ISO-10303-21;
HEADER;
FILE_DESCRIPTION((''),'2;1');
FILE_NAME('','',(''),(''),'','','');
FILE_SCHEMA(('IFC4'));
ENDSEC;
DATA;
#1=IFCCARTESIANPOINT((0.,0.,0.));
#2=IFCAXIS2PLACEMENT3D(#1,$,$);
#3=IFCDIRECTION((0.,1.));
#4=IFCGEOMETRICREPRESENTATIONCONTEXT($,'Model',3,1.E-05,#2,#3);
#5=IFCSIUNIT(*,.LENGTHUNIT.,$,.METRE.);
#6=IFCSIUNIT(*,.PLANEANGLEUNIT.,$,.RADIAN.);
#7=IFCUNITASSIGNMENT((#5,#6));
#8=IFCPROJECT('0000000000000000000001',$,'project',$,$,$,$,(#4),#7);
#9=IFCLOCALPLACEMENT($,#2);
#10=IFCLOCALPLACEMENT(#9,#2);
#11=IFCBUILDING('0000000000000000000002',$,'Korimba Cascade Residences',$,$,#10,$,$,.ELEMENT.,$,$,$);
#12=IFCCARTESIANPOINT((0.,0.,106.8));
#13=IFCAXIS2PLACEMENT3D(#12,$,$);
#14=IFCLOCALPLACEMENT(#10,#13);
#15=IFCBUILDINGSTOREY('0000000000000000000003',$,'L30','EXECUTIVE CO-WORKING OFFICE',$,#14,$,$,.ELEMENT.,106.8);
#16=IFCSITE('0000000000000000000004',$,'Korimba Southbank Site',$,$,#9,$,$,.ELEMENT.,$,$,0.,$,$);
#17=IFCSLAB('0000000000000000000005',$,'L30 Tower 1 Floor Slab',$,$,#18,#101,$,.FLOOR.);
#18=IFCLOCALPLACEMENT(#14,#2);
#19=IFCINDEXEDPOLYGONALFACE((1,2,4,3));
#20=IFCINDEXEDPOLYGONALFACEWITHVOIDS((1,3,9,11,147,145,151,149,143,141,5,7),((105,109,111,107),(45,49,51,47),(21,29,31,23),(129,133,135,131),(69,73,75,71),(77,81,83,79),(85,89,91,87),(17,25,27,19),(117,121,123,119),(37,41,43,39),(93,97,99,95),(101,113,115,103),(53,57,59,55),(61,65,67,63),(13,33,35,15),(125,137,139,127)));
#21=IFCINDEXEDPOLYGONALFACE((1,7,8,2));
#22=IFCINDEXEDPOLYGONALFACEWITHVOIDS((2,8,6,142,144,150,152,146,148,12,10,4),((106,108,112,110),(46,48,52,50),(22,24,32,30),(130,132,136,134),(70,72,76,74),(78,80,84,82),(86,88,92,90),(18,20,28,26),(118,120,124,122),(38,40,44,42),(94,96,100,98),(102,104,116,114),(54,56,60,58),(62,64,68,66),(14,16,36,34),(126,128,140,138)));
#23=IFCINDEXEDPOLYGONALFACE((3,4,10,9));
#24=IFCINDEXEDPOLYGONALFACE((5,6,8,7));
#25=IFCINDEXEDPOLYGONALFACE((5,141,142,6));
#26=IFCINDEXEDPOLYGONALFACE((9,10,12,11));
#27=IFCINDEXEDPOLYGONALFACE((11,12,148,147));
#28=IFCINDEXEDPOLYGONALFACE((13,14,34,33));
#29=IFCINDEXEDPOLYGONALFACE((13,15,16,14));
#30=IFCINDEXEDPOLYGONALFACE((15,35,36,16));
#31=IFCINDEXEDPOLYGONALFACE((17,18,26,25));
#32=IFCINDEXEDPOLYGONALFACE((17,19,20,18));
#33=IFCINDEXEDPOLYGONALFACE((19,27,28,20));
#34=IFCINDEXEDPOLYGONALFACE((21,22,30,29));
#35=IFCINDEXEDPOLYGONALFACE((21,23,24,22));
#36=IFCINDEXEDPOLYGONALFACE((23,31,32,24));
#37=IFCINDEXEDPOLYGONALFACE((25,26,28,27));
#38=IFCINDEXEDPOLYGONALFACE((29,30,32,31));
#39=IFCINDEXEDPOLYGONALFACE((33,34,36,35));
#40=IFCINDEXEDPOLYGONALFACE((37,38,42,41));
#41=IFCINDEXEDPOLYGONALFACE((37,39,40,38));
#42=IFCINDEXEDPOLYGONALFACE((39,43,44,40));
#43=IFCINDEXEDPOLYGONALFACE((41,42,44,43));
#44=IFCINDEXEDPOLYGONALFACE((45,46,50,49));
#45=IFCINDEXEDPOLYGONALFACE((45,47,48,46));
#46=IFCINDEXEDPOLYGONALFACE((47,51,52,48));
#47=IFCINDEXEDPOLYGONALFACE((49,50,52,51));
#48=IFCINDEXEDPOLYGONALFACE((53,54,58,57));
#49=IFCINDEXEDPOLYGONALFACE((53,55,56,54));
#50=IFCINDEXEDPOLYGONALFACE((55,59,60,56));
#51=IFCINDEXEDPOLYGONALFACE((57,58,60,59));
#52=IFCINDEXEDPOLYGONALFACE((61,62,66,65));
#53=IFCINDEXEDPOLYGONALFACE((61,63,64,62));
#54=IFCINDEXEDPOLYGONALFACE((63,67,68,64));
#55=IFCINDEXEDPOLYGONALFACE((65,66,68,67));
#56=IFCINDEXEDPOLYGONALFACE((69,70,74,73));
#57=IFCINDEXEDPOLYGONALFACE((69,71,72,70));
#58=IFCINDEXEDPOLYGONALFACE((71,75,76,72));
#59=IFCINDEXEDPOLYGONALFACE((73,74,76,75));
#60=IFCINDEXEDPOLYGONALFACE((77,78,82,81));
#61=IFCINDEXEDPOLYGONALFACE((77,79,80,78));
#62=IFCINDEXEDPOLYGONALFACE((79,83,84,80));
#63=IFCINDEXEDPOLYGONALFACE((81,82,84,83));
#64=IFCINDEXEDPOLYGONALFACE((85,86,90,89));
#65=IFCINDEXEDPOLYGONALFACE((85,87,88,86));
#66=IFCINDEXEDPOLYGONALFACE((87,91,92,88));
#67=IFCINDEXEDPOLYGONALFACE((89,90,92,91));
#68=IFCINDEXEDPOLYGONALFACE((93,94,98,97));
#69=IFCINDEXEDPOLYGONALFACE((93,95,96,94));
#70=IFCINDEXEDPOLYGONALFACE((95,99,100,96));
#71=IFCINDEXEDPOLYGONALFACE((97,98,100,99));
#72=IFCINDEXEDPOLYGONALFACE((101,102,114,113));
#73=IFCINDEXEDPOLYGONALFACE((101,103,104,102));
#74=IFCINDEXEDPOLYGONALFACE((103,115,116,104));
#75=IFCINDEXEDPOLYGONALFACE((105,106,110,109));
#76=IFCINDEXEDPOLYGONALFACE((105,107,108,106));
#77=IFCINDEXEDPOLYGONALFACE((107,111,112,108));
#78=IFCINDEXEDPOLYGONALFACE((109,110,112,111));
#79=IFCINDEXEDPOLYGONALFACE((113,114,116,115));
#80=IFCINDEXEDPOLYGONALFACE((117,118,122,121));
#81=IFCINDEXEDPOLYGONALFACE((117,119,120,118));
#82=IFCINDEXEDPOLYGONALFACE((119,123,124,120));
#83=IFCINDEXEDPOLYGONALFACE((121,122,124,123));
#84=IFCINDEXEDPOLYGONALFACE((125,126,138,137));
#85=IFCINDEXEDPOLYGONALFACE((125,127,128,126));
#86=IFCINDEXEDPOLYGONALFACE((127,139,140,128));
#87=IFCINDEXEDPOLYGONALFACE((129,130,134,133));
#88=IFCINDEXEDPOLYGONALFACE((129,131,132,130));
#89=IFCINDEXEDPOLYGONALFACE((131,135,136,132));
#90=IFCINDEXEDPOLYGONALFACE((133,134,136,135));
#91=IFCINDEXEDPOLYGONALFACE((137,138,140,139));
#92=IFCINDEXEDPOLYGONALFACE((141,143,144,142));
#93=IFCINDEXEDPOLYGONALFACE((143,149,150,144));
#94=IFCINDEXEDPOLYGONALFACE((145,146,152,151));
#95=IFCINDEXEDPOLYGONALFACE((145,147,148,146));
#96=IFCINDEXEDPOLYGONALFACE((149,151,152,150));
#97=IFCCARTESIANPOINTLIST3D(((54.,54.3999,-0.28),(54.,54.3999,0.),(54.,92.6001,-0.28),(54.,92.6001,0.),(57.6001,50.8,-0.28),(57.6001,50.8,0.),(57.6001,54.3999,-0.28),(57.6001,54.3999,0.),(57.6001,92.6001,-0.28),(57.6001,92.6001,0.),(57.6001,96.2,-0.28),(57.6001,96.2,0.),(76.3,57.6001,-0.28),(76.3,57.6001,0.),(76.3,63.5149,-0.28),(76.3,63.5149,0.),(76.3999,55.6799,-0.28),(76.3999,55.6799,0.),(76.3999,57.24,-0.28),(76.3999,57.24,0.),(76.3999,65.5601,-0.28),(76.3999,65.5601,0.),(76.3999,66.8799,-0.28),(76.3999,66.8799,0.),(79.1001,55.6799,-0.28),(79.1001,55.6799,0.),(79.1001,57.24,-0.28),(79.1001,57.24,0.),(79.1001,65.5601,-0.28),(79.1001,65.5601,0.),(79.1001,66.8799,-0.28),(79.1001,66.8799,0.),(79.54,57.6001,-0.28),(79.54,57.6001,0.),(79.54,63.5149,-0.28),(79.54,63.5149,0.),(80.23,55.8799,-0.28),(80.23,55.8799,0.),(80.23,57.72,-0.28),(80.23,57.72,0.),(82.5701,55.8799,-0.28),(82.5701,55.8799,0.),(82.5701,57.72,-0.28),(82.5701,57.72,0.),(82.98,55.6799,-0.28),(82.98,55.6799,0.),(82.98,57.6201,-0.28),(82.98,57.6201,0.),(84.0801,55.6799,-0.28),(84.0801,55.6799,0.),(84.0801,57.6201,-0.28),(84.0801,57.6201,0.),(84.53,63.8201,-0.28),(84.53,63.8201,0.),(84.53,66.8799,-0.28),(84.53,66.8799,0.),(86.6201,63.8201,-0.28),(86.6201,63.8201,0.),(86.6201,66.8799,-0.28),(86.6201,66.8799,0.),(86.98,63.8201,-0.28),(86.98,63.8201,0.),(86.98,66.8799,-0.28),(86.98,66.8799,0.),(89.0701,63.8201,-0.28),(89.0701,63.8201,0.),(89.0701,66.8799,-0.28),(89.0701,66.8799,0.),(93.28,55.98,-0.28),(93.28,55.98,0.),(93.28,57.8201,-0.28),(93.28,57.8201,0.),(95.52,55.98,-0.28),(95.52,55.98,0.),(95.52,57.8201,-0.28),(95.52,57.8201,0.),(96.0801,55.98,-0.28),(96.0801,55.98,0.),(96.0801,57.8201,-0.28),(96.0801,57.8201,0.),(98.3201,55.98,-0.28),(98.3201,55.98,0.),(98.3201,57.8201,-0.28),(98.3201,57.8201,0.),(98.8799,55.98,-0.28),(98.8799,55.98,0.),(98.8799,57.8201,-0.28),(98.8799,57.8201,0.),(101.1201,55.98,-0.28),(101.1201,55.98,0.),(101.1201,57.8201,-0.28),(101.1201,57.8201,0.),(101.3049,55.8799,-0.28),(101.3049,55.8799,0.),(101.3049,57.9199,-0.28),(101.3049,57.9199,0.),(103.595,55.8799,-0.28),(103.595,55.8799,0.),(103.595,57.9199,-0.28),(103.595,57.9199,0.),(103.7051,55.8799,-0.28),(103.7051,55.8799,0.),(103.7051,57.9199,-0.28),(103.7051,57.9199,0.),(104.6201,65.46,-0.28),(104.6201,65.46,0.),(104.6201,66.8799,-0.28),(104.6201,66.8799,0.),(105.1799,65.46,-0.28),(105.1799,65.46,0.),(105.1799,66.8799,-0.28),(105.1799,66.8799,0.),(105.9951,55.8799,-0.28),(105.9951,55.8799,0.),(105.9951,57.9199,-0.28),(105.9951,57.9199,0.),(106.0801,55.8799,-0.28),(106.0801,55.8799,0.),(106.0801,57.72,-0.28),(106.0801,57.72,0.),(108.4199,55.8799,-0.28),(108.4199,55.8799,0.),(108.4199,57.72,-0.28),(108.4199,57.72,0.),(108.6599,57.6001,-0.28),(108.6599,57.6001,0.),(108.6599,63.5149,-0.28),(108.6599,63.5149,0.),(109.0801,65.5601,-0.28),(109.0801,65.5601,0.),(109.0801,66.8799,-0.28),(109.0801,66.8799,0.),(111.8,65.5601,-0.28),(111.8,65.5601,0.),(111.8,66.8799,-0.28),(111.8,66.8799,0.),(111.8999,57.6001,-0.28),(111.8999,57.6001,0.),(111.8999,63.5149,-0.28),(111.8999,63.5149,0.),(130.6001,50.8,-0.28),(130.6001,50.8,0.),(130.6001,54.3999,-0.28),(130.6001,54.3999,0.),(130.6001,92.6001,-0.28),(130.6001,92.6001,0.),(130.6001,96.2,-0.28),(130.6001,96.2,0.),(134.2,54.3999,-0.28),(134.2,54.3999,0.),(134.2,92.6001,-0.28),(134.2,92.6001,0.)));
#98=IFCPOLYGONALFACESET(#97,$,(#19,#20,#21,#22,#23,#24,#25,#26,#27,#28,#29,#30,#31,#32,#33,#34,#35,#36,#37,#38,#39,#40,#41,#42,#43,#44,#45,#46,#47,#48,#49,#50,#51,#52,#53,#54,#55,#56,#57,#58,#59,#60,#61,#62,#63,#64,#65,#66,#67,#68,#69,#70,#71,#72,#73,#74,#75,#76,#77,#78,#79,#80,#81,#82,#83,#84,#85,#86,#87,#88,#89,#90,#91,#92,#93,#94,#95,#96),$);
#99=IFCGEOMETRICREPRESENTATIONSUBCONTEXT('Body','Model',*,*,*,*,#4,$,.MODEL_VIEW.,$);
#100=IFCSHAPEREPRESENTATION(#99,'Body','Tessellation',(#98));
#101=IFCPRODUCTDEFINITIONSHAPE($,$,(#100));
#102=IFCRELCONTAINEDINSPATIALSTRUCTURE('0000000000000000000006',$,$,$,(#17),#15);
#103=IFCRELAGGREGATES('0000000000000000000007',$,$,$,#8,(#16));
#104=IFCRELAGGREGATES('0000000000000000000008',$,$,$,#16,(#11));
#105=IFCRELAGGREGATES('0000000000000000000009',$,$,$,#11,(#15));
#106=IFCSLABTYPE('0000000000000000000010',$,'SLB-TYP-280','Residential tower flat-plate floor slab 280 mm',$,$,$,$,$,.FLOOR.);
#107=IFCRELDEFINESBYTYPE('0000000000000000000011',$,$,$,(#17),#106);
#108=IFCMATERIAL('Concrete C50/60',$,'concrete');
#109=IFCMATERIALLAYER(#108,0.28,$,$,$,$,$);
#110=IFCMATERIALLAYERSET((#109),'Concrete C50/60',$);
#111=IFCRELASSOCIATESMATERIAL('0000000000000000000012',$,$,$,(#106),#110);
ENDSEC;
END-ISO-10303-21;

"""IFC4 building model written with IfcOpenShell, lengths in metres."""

from ifc_helpers import new_model, si_unit, direction, frame, origin, place, context, subcontext, project, spatial, polyline, outline, extrude, material, layer, layer_set, type_object, element, save


model = new_model("IFC4")

# Units and contexts
model_context = context("Model", 3, precision=1e-05, world=origin(), true_north=direction((0.0, 1.0)))
body_context = subcontext(model_context, "Body", "Model", "MODEL_VIEW")
ifc_project = project(units=[si_unit("LENGTHUNIT", "METRE"), si_unit("PLANEANGLEUNIT", "RADIAN")], contexts=[model_context])

# Site, building, storey
site_placement = place(None, origin())
site = spatial("IfcSite", under=ifc_project, at=site_placement, Name="Korimba Southbank Site", CompositionType="ELEMENT", RefElevation=0.0)
building_placement = place(site_placement, origin())
building = spatial("IfcBuilding", under=site, at=building_placement, Name="Korimba Cascade Residences", CompositionType="ELEMENT")
storey_placement = place(building_placement, frame((0.0, 0.0, 106.8)))
storey = spatial("IfcBuildingStorey", under=building, at=storey_placement, Name="L30", Description="EXECUTIVE CO-WORKING OFFICE", CompositionType="ELEMENT", Elevation=106.8)

# Shared definitions
ifc_material_1 = material(Name="Concrete C50/60", Category="concrete")

# Slab
ifc_layer_1 = layer(ifc_material_1, 0.28)
ifc_layer_set_1 = layer_set([ifc_layer_1], Name="Concrete C50/60")
slab_type_1 = type_object("IfcSlabType", Name="SLB-TYP-280", Description="Residential tower flat-plate floor slab 280 mm", PredefinedType="FLOOR", material=ifc_layer_set_1)
slab_1_placement = place(storey_placement, frame((0.0, 0.0, -0.28)))
element("IfcSlab", 1, at=slab_1_placement, inside=storey, type_object=slab_type_1, Name="L30 Tower 1 Floor Slab", PredefinedType="FLOOR", context=body_context, shape_type="SweptSolid", body=[
    extrude(outline(polyline([(57.6001, 50.8), (130.6001, 50.8), (130.6001, 54.3999), (134.2, 54.3999), (134.2, 92.6001), (130.6001, 92.6001), (130.6001, 96.2), (57.6001, 96.2), (57.6001, 92.6001), (54.0, 92.6001), (54.0, 54.3999), (57.6001, 54.3999), (57.6001, 50.8)]), holes=[polyline([(76.3, 63.5149), (76.3, 57.6001), (79.54, 57.6001), (79.54, 63.5149), (76.3, 63.5149)]), polyline([(108.6599, 63.5149), (108.6599, 57.6001), (111.8999, 57.6001), (111.8999, 63.5149), (108.6599, 63.5149)]), polyline([(80.23, 55.8799), (82.5701, 55.8799), (82.5701, 57.72), (80.23, 57.72), (80.23, 55.8799)]), polyline([(106.0801, 55.8799), (108.4199, 55.8799), (108.4199, 57.72), (106.0801, 57.72), (106.0801, 55.8799)]), polyline([(93.28, 55.98), (95.52, 55.98), (95.52, 57.8201), (93.28, 57.8201), (93.28, 55.98)]), polyline([(96.0801, 55.98), (98.3201, 55.98), (98.3201, 57.8201), (96.0801, 57.8201), (96.0801, 55.98)]), polyline([(98.8799, 55.98), (101.1201, 55.98), (101.1201, 57.8201), (98.8799, 57.8201), (98.8799, 55.98)]), polyline([(101.3049, 55.8799), (103.595, 55.8799), (103.595, 57.9199), (101.3049, 57.9199), (101.3049, 55.8799)]), polyline([(103.7051, 55.8799), (105.9951, 55.8799), (105.9951, 57.9199), (103.7051, 57.9199), (103.7051, 55.8799)]), polyline([(82.98, 55.6799), (84.0801, 55.6799), (84.0801, 57.6201), (82.98, 57.6201), (82.98, 55.6799)]), polyline([(76.3999, 65.5601), (79.1001, 65.5601), (79.1001, 66.8799), (76.3999, 66.8799), (76.3999, 65.5601)]), polyline([(76.3999, 55.6799), (79.1001, 55.6799), (79.1001, 57.24), (76.3999, 57.24), (76.3999, 55.6799)]), polyline([(84.53, 63.8201), (86.6201, 63.8201), (86.6201, 66.8799), (84.53, 66.8799), (84.53, 63.8201)]), polyline([(86.98, 63.8201), (89.0701, 63.8201), (89.0701, 66.8799), (86.98, 66.8799), (86.98, 63.8201)]), polyline([(104.6201, 65.46), (105.1799, 65.46), (105.1799, 66.8799), (104.6201, 66.8799), (104.6201, 65.46)]), polyline([(109.0801, 65.5601), (111.8, 65.5601), (111.8, 66.8799), (109.0801, 66.8799), (109.0801, 65.5601)])]), origin(), (0.0, 0.0, 1.0), 0.28),
])

save(model, "model.ifc")
